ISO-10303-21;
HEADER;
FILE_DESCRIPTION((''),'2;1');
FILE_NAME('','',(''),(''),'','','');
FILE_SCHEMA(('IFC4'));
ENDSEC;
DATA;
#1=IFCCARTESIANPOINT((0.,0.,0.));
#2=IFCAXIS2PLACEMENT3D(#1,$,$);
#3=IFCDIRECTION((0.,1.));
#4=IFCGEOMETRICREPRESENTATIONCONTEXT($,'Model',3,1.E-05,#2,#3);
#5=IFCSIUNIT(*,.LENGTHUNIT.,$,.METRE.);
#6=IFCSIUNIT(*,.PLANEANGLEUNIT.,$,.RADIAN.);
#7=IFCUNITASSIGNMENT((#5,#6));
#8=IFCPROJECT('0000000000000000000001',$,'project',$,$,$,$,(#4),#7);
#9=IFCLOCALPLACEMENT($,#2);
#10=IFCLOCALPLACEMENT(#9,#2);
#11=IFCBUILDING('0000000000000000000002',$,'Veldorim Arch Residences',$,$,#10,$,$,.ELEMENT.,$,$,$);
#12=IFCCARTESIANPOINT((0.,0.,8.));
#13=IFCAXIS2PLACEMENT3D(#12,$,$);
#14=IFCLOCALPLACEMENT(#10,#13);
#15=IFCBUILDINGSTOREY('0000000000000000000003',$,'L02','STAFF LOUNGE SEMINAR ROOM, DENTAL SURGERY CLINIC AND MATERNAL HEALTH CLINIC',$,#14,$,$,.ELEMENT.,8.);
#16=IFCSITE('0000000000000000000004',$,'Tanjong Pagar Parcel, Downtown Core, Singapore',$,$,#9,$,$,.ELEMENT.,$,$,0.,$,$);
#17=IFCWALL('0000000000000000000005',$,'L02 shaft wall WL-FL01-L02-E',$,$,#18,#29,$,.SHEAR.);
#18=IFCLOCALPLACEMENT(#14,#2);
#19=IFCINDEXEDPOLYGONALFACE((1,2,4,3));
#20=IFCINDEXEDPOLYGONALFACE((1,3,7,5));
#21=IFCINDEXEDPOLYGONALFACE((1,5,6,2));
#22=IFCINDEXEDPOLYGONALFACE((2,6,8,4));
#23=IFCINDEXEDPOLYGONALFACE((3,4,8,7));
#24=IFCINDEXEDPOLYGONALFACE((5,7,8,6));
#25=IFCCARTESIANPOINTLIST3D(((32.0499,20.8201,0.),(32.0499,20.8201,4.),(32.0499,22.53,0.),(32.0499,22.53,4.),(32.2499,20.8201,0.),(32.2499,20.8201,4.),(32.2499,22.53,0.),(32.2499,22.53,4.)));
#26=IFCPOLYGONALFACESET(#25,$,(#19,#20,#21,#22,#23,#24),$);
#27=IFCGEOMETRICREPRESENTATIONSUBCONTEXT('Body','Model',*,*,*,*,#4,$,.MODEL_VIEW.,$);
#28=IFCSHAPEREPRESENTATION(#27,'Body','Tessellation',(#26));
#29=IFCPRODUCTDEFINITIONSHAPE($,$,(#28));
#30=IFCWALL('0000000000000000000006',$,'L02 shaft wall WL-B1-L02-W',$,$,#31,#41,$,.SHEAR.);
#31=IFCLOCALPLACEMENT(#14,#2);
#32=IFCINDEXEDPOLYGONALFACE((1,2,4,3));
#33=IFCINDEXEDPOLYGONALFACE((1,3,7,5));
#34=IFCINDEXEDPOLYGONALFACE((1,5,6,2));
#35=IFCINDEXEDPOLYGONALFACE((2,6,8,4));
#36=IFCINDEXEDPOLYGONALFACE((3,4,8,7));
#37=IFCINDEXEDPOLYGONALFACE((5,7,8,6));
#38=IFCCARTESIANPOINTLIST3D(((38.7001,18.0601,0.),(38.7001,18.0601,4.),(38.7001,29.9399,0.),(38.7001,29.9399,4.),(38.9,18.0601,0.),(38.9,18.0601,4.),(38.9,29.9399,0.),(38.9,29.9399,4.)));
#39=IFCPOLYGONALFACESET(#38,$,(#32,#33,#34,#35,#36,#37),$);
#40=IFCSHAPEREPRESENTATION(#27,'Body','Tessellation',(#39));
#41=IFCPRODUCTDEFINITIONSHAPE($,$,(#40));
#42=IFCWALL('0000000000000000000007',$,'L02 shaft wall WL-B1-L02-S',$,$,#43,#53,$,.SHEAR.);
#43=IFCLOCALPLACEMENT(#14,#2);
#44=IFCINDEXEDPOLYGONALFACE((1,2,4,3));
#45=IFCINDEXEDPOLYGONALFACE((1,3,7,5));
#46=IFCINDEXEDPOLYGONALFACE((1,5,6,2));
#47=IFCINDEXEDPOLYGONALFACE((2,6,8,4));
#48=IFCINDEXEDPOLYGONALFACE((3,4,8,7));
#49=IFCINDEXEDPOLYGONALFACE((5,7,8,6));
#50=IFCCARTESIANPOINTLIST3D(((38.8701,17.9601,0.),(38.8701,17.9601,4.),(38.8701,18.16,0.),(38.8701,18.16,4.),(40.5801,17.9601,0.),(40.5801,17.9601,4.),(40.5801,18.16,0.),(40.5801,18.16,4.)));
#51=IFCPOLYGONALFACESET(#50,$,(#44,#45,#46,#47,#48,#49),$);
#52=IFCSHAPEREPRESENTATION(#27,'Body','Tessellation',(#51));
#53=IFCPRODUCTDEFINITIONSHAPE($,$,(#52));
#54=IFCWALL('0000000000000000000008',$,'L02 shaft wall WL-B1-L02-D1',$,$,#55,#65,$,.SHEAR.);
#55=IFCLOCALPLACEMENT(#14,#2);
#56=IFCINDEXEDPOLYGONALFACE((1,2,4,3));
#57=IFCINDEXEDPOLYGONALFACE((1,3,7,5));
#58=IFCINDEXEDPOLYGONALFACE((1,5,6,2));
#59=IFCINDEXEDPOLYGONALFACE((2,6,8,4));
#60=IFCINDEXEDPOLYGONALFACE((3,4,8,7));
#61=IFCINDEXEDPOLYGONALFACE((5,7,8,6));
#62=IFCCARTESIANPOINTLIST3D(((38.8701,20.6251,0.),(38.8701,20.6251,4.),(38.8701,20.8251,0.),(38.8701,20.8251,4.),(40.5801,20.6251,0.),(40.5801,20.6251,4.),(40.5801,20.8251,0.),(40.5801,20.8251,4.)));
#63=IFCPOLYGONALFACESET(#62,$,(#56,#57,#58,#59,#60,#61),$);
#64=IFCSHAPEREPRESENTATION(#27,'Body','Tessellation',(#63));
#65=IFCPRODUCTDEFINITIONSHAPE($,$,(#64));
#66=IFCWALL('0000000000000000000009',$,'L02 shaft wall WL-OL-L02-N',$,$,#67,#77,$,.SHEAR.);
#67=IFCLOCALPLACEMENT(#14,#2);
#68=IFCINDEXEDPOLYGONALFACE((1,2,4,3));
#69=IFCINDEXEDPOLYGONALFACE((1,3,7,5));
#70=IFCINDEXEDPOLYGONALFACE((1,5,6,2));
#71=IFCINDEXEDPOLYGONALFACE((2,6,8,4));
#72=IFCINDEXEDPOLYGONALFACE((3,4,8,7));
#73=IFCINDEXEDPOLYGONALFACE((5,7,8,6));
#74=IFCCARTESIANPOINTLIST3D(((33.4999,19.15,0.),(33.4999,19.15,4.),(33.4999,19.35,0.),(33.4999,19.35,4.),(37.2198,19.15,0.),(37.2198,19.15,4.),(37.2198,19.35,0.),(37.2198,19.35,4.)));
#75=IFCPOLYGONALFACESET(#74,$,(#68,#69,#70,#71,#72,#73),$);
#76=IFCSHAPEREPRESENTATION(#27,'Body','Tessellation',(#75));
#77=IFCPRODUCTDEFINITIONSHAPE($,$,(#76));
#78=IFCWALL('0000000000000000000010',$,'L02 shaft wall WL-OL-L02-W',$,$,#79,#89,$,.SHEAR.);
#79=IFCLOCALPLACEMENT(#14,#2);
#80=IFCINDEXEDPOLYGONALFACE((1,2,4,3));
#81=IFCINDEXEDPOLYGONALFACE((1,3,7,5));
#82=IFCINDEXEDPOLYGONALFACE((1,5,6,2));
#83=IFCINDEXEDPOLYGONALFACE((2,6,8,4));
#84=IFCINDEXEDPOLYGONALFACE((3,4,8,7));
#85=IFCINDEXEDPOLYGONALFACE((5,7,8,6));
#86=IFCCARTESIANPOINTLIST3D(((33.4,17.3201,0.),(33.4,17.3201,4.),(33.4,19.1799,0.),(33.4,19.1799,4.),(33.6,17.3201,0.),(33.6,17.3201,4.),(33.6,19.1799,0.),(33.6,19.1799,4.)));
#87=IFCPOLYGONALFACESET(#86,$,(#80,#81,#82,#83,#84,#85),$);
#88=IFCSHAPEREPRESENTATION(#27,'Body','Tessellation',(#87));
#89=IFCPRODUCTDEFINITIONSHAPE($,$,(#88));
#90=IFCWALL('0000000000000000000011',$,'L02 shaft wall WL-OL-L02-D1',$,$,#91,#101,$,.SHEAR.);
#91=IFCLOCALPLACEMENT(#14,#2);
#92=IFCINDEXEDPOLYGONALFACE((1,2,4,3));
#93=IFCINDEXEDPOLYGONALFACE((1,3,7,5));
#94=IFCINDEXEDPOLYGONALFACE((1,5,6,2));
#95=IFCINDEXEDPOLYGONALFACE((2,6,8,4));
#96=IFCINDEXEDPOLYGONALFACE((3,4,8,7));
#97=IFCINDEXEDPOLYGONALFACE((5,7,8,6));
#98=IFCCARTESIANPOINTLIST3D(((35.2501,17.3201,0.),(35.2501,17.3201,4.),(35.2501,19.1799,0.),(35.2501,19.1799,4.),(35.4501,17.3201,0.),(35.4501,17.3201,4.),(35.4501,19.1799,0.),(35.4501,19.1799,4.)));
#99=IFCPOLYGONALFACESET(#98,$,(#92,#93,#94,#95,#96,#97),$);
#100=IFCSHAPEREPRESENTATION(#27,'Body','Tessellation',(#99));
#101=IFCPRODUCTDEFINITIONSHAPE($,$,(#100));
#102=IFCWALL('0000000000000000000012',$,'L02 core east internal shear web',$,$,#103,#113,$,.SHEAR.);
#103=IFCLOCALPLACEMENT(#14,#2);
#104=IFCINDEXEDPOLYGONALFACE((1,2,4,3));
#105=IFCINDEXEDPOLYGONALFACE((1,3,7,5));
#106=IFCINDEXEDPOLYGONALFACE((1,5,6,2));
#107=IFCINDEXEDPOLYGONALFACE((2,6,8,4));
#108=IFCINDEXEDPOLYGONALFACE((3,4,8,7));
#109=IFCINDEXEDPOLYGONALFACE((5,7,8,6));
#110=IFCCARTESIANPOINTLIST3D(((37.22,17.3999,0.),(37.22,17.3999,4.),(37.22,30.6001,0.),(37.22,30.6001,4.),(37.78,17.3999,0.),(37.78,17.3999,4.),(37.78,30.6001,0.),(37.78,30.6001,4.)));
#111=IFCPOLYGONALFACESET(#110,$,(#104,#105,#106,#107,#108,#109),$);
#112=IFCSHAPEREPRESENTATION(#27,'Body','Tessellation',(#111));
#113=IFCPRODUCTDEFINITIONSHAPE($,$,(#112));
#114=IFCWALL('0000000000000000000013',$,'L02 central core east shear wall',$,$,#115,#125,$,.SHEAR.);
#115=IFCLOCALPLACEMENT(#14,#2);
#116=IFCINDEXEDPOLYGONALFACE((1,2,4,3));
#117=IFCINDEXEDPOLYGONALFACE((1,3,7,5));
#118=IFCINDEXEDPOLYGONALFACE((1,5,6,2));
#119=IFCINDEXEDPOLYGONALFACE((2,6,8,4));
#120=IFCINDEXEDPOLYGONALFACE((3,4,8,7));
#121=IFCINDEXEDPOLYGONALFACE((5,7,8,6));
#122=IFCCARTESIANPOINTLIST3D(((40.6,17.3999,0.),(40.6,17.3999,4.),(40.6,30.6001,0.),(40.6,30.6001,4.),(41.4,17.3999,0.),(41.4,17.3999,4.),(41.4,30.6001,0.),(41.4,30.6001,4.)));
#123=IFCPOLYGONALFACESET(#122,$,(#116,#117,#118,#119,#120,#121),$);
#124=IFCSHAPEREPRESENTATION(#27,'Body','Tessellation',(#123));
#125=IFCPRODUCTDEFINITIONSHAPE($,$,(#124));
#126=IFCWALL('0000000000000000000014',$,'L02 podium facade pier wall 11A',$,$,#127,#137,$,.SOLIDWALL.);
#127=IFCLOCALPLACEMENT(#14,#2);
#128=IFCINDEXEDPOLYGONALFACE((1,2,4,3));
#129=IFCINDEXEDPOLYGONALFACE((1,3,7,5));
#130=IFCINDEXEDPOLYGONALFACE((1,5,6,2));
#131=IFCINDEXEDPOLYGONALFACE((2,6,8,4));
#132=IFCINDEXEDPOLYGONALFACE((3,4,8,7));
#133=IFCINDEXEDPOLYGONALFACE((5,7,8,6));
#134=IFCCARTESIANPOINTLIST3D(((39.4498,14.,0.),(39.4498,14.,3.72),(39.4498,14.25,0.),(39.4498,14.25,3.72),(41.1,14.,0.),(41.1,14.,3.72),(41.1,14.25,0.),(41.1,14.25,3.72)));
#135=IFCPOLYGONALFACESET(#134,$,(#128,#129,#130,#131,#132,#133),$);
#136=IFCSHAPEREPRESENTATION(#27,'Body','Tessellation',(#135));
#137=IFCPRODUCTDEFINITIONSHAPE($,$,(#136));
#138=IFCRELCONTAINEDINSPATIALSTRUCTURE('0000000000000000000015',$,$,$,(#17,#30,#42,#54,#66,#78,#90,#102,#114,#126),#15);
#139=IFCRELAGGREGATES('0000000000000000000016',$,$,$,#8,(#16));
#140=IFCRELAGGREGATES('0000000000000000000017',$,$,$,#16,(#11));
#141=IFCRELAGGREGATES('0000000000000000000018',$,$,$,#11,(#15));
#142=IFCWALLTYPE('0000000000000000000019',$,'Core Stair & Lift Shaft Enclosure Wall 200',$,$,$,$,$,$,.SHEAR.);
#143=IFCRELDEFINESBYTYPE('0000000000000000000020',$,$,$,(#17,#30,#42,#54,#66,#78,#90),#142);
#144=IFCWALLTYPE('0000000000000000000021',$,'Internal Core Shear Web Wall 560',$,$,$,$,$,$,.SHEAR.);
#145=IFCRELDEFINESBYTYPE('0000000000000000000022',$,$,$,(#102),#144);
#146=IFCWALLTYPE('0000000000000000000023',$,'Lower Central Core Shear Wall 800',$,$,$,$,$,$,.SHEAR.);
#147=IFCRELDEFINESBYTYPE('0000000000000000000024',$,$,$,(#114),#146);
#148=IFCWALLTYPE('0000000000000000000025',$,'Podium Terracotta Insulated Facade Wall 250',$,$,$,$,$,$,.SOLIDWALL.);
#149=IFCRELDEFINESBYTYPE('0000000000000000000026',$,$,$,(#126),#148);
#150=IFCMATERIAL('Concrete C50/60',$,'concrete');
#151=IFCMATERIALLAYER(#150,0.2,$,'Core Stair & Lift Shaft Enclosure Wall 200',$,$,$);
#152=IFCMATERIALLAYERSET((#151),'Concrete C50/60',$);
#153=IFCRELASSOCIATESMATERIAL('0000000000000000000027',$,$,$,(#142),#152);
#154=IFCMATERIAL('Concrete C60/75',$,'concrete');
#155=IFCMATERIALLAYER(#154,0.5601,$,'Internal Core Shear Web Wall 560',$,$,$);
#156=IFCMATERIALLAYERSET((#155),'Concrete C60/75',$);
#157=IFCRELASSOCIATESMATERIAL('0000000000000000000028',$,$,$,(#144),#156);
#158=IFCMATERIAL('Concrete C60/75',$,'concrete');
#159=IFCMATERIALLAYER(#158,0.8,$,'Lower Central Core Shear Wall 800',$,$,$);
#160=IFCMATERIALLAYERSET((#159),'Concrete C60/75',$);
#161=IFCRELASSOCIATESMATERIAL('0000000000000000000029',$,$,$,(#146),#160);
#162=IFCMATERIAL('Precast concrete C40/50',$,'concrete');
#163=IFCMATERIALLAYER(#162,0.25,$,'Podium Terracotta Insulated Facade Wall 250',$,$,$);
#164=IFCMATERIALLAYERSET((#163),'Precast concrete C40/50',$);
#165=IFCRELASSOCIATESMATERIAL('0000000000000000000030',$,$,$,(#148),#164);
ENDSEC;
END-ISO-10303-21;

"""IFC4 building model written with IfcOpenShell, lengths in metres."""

from ifc_helpers import new_model, si_unit, direction, frame, frame_2d, origin, place, context, subcontext, project, spatial, rectangle, extrude, material, layer, layer_set, type_object, element, save


model = new_model("IFC4")

# Units and contexts
model_context = context("Model", 3, precision=1e-05, world=origin(), true_north=direction((0.0, 1.0)))
body_context = subcontext(model_context, "Body", "Model", "MODEL_VIEW")
ifc_project = project(units=[si_unit("LENGTHUNIT", "METRE"), si_unit("PLANEANGLEUNIT", "RADIAN")], contexts=[model_context])

# Site, building, storey
site_placement = place(None, origin())
site = spatial("IfcSite", under=ifc_project, at=site_placement, Name="Tanjong Pagar Parcel, Downtown Core, Singapore", CompositionType="ELEMENT", RefElevation=0.0)
building_placement = place(site_placement, origin())
building = spatial("IfcBuilding", under=site, at=building_placement, Name="Veldorim Arch Residences", CompositionType="ELEMENT")
storey_placement = place(building_placement, frame((0.0, 0.0, 8.0)))
storey = spatial("IfcBuildingStorey", under=building, at=storey_placement, Name="L02", Description="STAFF LOUNGE SEMINAR ROOM, DENTAL SURGERY CLINIC AND MATERNAL HEALTH CLINIC", CompositionType="ELEMENT", Elevation=8.0)

# Walls
ifc_material_1 = material(Name="Concrete C50/60", Category="concrete")
ifc_layer_1 = layer(ifc_material_1, 0.2, Name="Core Stair & Lift Shaft Enclosure Wall 200")
ifc_layer_set_1 = layer_set([ifc_layer_1], Name="Concrete C50/60")
wall_type_1 = type_object("IfcWallType", Name="Core Stair & Lift Shaft Enclosure Wall 200", PredefinedType="SHEAR", material=ifc_layer_set_1)
wall_1_placement = place(storey_placement, frame((32.1499, 20.8201, 0.0), z_axis=(0.0, 0.0, 1.0), x_axis=(0.0, 1.0, 0.0)))
element("IfcWall", 1, at=wall_1_placement, inside=storey, type_object=wall_type_1, Name="L02 shaft wall WL-FL01-L02-E", PredefinedType="SHEAR", context=body_context, shape_type="SweptSolid", body=[
    extrude(rectangle(XDim=1.71, YDim=0.2, at=frame_2d((0.855, 0.0))), origin(), (0.0, 0.0, 1.0), 4.0),
])
wall_2_placement = place(storey_placement, frame((38.8, 18.0601, 0.0), z_axis=(0.0, 0.0, 1.0), x_axis=(0.0, 1.0, 0.0)))
element("IfcWall", 2, at=wall_2_placement, inside=storey, type_object=wall_type_1, Name="L02 shaft wall WL-B1-L02-W", PredefinedType="SHEAR", context=body_context, shape_type="SweptSolid", body=[
    extrude(rectangle(XDim=11.8799, YDim=0.2, at=frame_2d((5.9399, 0.0))), origin(), (0.0, 0.0, 1.0), 4.0),
])
for number, where, z_axis, x_axis, name in (
    (3, (38.8701, 18.0601, 0.0), (0.0, 0.0, 1.0), (1.0, 0.0, 0.0), "L02 shaft wall WL-B1-L02-S"),
    (4, (38.8701, 20.7251, 0.0), (0.0, 0.0, 1.0), (1.0, 0.0, 0.0), "L02 shaft wall WL-B1-L02-D1"),
):
    element("IfcWall", number, at=place(storey_placement, frame(where, z_axis=z_axis, x_axis=x_axis)), inside=storey, type_object=wall_type_1, Name=name, PredefinedType="SHEAR", context=body_context, shape_type="SweptSolid", body=[
        extrude(rectangle(XDim=1.71, YDim=0.2, at=frame_2d((0.855, 0.0))), origin(), (0.0, 0.0, 1.0), 4.0),
    ])
wall_3_placement = place(storey_placement, frame((33.5, 19.25, 0.0), z_axis=(0.0, 0.0, 1.0), x_axis=(1.0, 0.0, 0.0)))
element("IfcWall", 5, at=wall_3_placement, inside=storey, type_object=wall_type_1, Name="L02 shaft wall WL-OL-L02-N", PredefinedType="SHEAR", context=body_context, shape_type="SweptSolid", body=[
    extrude(rectangle(XDim=3.72, YDim=0.2, at=frame_2d((1.8599, 0.0))), origin(), (0.0, 0.0, 1.0), 4.0),
])
for number, where, z_axis, x_axis, name in (
    (6, (33.5, 17.3201, 0.0), (0.0, 0.0, 1.0), (0.0, 1.0, 0.0), "L02 shaft wall WL-OL-L02-W"),
    (7, (35.3501, 17.3201, 0.0), (0.0, 0.0, 1.0), (0.0, 1.0, 0.0), "L02 shaft wall WL-OL-L02-D1"),
):
    element("IfcWall", number, at=place(storey_placement, frame(where, z_axis=z_axis, x_axis=x_axis)), inside=storey, type_object=wall_type_1, Name=name, PredefinedType="SHEAR", context=body_context, shape_type="SweptSolid", body=[
        extrude(rectangle(XDim=1.8599, YDim=0.2, at=frame_2d((0.9299, 0.0))), origin(), (0.0, 0.0, 1.0), 4.0),
    ])
ifc_material_2 = material(Name="Concrete C60/75", Category="concrete")
ifc_layer_2 = layer(ifc_material_2, 0.5601, Name="Internal Core Shear Web Wall 560")
ifc_layer_set_2 = layer_set([ifc_layer_2], Name="Concrete C60/75")
wall_type_2 = type_object("IfcWallType", Name="Internal Core Shear Web Wall 560", PredefinedType="SHEAR", material=ifc_layer_set_2)
wall_4_placement = place(storey_placement, frame((37.5, 17.3999, 0.0), z_axis=(0.0, 0.0, 1.0), x_axis=(0.0, 1.0, 0.0)))
element("IfcWall", 8, at=wall_4_placement, inside=storey, type_object=wall_type_2, Name="L02 core east internal shear web", PredefinedType="SHEAR", context=body_context, shape_type="SweptSolid", body=[
    extrude(rectangle(XDim=13.2002, YDim=0.5601, at=frame_2d((6.6001, 0.0))), origin(), (0.0, 0.0, 1.0), 4.0),
])
ifc_material_3 = material(Name="Concrete C60/75", Category="concrete")
ifc_layer_3 = layer(ifc_material_3, 0.8, Name="Lower Central Core Shear Wall 800")
ifc_layer_set_3 = layer_set([ifc_layer_3], Name="Concrete C60/75")
wall_type_3 = type_object("IfcWallType", Name="Lower Central Core Shear Wall 800", PredefinedType="SHEAR", material=ifc_layer_set_3)
wall_5_placement = place(storey_placement, frame((41.0, 17.3999, 0.0), z_axis=(0.0, 0.0, 1.0), x_axis=(0.0, 1.0, 0.0)))
element("IfcWall", 9, at=wall_5_placement, inside=storey, type_object=wall_type_3, Name="L02 central core east shear wall", PredefinedType="SHEAR", context=body_context, shape_type="SweptSolid", body=[
    extrude(rectangle(XDim=13.2002, YDim=0.8, at=frame_2d((6.6001, 0.0))), origin(), (0.0, 0.0, 1.0), 4.0),
])
ifc_material_4 = material(Name="Precast concrete C40/50", Category="concrete")
ifc_layer_4 = layer(ifc_material_4, 0.25, Name="Podium Terracotta Insulated Facade Wall 250")
ifc_layer_set_4 = layer_set([ifc_layer_4], Name="Precast concrete C40/50")
wall_type_4 = type_object("IfcWallType", Name="Podium Terracotta Insulated Facade Wall 250", PredefinedType="SOLIDWALL", material=ifc_layer_set_4)
wall_6_placement = place(storey_placement, frame((41.1001, 14.125, 0.0), z_axis=(0.0, 0.0, 1.0), x_axis=(-1.0, 0.0, 0.0)))
element("IfcWall", 10, at=wall_6_placement, inside=storey, type_object=wall_type_4, Name="L02 podium facade pier wall 11A", PredefinedType="SOLIDWALL", context=body_context, shape_type="SweptSolid", body=[
    extrude(rectangle(XDim=1.6501, YDim=0.25, at=frame_2d((0.8252, 0.0))), origin(), (0.0, 0.0, 1.0), 3.72),
])

save(model, "model.ifc")
